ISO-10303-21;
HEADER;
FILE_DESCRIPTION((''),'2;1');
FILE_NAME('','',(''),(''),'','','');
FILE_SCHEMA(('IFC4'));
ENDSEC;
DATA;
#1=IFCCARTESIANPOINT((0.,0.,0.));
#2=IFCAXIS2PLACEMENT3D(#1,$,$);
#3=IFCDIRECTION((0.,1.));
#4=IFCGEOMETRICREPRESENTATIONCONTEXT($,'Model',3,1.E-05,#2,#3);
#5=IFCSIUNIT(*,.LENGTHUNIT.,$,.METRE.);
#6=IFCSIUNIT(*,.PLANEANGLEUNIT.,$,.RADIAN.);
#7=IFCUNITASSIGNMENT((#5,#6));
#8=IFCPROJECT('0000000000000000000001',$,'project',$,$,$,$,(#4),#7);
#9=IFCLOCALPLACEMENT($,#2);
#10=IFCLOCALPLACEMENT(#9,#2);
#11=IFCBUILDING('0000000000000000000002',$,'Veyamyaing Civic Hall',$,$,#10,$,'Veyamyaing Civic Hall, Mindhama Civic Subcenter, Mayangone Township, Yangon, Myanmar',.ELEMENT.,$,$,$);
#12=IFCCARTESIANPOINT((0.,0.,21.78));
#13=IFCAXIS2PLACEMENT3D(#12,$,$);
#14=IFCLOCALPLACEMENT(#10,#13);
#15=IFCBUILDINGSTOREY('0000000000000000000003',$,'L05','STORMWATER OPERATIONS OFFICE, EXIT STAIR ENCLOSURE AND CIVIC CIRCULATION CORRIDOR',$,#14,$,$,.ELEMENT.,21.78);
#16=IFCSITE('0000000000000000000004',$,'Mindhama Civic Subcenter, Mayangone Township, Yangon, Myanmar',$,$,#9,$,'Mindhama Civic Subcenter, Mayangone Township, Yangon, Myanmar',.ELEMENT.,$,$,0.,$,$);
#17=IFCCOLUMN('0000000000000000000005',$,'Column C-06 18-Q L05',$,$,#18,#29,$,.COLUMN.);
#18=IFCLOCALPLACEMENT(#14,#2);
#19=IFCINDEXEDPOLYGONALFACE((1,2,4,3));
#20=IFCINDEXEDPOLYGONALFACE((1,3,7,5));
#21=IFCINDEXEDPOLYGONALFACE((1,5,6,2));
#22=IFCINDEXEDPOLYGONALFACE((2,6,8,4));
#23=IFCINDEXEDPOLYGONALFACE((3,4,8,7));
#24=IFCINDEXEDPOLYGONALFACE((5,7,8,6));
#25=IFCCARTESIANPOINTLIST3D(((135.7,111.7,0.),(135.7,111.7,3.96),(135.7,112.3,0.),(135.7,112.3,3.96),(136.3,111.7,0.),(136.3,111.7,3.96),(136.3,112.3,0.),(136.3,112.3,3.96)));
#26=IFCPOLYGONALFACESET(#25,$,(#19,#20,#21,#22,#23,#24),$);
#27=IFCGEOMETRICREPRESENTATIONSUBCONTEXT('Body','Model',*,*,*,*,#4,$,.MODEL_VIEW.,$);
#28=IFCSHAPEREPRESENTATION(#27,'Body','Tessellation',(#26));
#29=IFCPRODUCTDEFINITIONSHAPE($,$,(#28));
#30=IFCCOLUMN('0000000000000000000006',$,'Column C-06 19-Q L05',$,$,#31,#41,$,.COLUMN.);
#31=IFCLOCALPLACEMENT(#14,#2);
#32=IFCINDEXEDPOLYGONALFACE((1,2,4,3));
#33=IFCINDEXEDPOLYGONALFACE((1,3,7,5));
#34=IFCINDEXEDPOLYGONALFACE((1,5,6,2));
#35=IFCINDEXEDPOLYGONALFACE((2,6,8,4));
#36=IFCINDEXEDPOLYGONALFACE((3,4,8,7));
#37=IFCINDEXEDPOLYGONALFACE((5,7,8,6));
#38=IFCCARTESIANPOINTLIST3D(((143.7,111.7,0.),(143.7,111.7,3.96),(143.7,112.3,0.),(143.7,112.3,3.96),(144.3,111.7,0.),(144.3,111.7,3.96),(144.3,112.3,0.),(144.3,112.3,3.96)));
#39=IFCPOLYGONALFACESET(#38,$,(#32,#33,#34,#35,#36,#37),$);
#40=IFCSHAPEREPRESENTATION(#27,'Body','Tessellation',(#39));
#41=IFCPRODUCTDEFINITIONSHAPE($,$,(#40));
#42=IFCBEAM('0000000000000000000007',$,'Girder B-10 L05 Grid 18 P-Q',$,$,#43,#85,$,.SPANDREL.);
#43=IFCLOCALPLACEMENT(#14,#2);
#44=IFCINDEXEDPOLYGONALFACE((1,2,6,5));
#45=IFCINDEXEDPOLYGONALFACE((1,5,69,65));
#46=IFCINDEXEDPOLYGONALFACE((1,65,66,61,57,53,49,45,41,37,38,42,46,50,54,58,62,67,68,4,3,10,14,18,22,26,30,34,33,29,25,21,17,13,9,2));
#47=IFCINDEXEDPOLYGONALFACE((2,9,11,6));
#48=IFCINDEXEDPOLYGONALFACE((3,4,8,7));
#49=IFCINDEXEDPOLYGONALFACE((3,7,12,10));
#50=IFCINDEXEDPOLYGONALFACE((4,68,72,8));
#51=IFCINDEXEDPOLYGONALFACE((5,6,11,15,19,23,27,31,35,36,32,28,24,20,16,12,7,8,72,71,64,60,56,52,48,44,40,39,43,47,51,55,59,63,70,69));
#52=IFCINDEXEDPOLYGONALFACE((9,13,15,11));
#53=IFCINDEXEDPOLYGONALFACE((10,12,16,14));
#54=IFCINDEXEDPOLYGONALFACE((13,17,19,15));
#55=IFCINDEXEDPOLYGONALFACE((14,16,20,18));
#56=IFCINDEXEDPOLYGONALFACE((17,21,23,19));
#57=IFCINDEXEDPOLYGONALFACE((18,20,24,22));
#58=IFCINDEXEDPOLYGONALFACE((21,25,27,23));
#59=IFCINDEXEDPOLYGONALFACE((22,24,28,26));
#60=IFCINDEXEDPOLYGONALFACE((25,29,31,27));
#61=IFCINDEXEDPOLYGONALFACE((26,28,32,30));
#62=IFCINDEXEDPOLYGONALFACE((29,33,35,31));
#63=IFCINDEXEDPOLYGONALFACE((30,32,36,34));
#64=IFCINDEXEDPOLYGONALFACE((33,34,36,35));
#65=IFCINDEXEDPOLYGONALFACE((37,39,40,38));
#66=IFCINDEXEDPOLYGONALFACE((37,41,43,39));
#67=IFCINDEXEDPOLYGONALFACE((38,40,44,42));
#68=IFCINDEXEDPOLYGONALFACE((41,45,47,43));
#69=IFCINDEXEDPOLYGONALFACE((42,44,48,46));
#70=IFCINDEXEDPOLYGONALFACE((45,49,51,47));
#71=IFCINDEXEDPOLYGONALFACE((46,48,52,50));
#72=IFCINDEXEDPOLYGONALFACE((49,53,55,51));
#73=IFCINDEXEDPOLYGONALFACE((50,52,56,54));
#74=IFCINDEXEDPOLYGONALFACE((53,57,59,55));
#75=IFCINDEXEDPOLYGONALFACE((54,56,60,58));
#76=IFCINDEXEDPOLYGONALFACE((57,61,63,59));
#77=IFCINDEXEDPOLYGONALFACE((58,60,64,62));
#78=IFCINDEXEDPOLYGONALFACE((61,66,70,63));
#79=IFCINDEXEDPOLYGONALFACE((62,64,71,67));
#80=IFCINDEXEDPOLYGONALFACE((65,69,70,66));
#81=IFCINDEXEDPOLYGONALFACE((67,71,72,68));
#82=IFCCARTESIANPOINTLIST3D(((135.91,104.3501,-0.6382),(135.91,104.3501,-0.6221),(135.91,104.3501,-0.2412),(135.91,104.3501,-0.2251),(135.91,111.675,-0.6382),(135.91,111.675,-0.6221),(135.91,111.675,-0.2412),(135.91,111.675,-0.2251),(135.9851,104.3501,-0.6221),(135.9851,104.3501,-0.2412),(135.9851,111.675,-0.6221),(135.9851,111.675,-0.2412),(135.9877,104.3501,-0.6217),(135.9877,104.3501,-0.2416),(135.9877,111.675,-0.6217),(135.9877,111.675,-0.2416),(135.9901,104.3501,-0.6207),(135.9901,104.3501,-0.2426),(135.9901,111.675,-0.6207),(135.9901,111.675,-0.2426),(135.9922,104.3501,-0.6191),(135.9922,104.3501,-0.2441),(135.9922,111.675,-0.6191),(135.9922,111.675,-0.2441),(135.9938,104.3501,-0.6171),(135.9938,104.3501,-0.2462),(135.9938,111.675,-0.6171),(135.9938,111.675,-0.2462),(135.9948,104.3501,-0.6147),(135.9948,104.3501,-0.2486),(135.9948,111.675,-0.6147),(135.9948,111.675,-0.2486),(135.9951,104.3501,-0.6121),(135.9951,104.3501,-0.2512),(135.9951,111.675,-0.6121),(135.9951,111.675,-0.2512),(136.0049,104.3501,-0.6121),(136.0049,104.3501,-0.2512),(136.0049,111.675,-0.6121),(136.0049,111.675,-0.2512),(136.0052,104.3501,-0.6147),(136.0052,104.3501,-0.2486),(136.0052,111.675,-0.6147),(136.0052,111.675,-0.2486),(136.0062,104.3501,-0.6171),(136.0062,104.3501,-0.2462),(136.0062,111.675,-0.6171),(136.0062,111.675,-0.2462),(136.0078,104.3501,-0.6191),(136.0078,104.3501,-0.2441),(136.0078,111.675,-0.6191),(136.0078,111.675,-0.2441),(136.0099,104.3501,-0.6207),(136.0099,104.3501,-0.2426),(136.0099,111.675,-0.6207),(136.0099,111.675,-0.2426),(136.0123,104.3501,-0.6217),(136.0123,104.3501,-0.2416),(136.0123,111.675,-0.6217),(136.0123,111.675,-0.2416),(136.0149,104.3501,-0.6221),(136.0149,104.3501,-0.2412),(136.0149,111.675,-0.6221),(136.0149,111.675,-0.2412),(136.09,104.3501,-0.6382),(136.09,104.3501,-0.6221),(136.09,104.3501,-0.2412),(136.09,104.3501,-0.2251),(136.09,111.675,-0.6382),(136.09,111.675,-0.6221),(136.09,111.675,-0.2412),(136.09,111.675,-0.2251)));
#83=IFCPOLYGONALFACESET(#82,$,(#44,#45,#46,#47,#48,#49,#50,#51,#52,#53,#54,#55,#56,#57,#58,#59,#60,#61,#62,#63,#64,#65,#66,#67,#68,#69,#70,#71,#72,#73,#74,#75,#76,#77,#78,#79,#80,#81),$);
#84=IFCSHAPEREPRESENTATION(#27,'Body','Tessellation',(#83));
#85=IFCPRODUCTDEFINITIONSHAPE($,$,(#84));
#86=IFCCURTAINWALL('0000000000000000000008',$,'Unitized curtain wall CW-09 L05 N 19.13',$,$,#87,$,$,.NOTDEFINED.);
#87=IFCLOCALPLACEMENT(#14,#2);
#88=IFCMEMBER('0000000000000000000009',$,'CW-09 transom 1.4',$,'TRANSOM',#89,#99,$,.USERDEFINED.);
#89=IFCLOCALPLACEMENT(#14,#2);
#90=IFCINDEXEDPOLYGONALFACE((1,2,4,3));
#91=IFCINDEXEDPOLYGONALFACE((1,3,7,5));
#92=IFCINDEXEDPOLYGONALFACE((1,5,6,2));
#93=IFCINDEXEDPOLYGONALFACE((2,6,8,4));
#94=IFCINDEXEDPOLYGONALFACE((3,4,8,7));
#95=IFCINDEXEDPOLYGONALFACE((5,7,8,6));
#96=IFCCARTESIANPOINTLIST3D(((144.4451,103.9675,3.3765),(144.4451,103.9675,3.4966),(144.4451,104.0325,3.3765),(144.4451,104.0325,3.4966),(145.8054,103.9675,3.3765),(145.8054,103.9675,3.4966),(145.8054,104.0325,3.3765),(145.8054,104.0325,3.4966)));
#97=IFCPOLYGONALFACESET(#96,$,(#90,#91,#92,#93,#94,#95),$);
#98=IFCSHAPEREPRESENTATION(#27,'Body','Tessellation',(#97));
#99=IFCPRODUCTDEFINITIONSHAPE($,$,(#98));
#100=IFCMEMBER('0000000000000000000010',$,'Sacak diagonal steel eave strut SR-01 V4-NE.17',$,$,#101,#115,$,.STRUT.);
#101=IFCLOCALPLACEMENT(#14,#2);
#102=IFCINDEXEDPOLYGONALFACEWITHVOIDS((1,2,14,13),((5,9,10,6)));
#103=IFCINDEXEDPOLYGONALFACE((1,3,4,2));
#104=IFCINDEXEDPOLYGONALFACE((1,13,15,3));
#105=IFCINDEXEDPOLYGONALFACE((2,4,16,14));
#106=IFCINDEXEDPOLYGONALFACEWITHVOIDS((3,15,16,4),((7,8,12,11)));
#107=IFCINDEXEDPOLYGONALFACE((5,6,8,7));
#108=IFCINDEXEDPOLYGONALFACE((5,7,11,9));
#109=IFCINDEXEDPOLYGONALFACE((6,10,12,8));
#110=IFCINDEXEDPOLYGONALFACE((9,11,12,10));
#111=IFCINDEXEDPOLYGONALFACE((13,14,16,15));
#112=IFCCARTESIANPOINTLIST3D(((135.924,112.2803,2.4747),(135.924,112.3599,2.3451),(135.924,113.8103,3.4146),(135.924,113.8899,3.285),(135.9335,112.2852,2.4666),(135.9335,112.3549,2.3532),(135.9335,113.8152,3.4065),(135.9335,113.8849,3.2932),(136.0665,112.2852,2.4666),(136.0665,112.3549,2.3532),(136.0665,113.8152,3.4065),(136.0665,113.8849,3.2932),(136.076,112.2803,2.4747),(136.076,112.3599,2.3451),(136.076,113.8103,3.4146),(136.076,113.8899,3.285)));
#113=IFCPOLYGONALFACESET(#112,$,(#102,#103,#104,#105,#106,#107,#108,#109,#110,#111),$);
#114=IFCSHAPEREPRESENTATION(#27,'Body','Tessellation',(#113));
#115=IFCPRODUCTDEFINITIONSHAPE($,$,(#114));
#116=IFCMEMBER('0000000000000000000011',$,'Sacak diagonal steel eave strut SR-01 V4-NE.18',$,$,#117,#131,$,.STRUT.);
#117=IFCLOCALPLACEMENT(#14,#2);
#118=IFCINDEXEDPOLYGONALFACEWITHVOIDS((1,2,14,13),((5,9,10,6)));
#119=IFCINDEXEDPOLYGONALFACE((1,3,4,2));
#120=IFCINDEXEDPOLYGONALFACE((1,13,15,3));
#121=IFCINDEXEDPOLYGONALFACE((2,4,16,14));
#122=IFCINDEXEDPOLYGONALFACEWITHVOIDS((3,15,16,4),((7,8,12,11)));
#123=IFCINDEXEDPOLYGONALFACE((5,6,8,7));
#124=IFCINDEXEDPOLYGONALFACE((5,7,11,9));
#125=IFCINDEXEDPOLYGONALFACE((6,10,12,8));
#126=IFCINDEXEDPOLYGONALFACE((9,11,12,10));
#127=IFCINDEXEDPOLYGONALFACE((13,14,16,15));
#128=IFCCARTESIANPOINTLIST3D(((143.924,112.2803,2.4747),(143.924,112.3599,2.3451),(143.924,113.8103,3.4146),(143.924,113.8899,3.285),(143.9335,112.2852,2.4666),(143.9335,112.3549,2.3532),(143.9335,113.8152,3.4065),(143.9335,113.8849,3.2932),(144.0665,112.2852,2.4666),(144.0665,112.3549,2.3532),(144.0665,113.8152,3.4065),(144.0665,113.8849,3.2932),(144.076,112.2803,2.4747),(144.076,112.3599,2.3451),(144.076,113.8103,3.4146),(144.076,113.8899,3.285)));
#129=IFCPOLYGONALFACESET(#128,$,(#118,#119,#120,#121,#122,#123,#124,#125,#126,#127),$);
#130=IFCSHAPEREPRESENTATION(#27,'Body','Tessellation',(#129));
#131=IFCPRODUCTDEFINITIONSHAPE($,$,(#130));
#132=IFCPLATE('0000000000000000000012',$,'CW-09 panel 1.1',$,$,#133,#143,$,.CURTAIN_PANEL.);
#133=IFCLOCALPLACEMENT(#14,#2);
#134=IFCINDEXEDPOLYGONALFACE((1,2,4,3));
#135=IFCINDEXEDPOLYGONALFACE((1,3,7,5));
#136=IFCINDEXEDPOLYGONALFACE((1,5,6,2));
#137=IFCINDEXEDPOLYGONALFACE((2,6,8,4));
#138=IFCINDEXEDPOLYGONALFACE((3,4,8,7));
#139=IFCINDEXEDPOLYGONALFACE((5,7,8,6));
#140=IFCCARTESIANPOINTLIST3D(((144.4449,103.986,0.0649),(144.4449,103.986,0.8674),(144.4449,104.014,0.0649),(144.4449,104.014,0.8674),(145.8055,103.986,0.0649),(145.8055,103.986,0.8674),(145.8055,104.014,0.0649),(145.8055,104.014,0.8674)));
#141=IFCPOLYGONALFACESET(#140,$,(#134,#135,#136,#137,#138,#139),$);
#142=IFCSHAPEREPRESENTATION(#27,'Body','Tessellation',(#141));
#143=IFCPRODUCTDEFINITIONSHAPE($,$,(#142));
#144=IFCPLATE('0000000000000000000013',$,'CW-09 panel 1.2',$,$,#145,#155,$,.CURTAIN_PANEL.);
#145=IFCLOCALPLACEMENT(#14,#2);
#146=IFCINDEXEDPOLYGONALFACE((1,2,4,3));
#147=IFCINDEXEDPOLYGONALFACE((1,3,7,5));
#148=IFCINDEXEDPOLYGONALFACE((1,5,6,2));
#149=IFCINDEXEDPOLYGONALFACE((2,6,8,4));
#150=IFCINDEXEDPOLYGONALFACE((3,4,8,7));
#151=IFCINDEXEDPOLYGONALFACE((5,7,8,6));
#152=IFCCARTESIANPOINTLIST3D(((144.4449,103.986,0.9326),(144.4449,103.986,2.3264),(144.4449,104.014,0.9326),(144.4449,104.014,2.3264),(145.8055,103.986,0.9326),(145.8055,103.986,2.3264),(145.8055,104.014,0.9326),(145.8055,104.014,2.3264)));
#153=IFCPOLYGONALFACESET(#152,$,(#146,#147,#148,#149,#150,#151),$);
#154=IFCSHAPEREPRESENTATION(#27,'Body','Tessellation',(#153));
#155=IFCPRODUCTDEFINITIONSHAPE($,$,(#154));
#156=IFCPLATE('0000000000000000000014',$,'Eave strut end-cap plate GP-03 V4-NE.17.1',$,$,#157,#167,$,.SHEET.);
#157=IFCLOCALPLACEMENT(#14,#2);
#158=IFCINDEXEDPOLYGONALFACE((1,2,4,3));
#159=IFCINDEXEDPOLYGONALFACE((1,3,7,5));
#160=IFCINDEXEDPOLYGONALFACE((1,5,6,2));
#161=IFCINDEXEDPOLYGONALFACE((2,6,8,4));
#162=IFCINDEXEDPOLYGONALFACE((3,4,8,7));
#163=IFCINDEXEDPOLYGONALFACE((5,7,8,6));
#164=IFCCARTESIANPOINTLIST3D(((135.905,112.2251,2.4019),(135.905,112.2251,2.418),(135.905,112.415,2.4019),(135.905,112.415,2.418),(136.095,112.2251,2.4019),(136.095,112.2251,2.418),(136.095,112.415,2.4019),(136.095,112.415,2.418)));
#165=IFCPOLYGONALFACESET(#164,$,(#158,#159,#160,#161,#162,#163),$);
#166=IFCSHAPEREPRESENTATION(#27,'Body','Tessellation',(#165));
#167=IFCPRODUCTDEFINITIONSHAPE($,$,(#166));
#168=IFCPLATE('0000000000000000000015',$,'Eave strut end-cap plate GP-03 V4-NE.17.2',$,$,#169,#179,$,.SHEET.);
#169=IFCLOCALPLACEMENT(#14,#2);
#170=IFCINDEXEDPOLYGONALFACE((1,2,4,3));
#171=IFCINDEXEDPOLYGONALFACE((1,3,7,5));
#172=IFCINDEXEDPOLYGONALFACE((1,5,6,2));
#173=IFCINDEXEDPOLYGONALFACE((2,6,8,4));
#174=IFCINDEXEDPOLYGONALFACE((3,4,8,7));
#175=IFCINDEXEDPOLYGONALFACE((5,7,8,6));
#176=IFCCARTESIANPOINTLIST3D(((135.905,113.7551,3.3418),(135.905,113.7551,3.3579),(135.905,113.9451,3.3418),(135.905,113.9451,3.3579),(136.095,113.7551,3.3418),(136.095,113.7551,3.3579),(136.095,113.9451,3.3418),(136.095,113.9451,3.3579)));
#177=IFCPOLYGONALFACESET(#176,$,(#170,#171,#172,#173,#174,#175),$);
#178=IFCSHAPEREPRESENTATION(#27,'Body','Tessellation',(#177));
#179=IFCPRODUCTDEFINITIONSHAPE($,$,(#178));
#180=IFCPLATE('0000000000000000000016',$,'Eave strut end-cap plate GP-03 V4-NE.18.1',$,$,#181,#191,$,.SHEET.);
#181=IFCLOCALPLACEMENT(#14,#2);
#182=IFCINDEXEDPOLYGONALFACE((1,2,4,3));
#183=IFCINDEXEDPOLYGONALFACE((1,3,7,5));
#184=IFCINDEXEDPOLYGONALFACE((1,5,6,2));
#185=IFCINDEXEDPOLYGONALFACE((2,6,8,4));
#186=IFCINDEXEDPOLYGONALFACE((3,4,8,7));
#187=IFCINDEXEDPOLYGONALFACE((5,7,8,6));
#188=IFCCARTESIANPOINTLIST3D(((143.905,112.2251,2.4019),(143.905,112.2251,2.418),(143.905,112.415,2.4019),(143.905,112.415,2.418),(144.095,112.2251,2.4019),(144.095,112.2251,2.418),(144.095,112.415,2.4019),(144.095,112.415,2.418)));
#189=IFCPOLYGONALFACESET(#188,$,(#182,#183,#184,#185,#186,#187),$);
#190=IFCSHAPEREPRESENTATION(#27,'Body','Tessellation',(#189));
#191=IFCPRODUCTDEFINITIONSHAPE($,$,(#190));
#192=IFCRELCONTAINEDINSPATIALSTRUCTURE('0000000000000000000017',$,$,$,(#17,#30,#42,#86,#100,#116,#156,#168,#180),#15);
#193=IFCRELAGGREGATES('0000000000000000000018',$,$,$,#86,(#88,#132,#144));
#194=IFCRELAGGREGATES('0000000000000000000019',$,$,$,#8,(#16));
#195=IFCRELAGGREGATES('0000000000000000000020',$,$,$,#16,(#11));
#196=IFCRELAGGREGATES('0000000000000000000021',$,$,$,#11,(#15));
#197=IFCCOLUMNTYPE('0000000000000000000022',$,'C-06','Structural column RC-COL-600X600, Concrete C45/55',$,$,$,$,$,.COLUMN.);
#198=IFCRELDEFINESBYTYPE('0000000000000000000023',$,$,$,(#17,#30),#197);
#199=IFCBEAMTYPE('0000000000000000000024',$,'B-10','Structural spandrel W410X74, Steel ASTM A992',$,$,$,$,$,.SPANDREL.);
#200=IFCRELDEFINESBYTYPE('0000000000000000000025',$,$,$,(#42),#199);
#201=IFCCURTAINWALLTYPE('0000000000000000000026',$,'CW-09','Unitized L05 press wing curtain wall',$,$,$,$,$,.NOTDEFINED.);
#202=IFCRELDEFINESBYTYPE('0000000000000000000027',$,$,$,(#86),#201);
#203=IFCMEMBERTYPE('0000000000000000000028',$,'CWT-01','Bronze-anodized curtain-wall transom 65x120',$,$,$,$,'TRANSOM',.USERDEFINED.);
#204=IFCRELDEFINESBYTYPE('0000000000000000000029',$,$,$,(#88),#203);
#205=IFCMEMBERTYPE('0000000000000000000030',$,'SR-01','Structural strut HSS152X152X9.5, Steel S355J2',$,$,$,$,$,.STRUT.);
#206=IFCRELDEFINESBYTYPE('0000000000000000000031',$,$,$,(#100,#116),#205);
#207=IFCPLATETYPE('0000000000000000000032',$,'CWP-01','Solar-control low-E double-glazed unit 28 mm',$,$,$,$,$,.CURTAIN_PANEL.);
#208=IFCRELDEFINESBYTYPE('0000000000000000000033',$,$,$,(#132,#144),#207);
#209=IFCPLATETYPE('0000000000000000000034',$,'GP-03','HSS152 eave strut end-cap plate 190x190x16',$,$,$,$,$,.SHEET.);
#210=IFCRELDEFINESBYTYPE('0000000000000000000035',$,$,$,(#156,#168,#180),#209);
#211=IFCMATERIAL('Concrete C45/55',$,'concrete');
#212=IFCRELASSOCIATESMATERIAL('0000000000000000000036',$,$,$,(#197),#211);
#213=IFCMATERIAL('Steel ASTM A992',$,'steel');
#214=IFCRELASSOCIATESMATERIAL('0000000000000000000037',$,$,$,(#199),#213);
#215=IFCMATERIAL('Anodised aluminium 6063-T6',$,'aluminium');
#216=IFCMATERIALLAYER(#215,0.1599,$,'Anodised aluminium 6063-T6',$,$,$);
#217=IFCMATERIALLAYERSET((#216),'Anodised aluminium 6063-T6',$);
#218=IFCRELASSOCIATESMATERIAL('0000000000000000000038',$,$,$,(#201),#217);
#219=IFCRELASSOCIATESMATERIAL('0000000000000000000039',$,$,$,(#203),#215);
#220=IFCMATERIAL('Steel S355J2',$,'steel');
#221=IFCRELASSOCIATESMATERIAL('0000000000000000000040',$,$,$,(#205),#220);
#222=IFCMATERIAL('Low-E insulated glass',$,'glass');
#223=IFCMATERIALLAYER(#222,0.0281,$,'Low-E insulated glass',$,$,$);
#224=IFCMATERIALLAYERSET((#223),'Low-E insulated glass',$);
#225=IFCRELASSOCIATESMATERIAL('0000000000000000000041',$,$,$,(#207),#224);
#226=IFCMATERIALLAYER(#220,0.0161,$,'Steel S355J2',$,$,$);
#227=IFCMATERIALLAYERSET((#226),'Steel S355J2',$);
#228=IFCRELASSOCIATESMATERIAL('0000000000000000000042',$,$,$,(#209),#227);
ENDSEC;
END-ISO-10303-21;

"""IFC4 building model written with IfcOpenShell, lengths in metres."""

from ifc_helpers import new_model, si_unit, direction, frame, origin, origin_2d, place, context, subcontext, project, spatial, rectangle, hollow_rectangle, i_section, extrude, material, layer, layer_set, material_profile, profile_set, type_object, element, aggregate, save


model = new_model("IFC4")

# Units and contexts
model_context = context("Model", 3, precision=1e-05, world=origin(), true_north=direction((0.0, 1.0)))
body_context = subcontext(model_context, "Body", "Model", "MODEL_VIEW")
ifc_project = project(units=[si_unit("LENGTHUNIT", "METRE"), si_unit("PLANEANGLEUNIT", "RADIAN")], contexts=[model_context])

# Site, building, storey
site_placement = place(None, origin())
site = spatial("IfcSite", under=ifc_project, at=site_placement, Name="Mindhama Civic Subcenter, Mayangone Township, Yangon, Myanmar", LongName="Mindhama Civic Subcenter, Mayangone Township, Yangon, Myanmar", CompositionType="ELEMENT", RefElevation=0.0)
building_placement = place(site_placement, origin())
building = spatial("IfcBuilding", under=site, at=building_placement, Name="Veyamyaing Civic Hall", LongName="Veyamyaing Civic Hall, Mindhama Civic Subcenter, Mayangone Township, Yangon, Myanmar", CompositionType="ELEMENT")
storey_placement = place(building_placement, frame((0.0, 0.0, 21.78)))
storey = spatial("IfcBuildingStorey", under=building, at=storey_placement, Name="L05", Description="STORMWATER OPERATIONS OFFICE, EXIT STAIR ENCLOSURE AND CIVIC CIRCULATION CORRIDOR", CompositionType="ELEMENT", Elevation=21.78)

# Columns
ifc_material_1 = material(Name="Concrete C45/55", Category="concrete")
ifc_material_profile_1 = material_profile(ifc_material_1, rectangle(XDim=0.6001, YDim=0.6001, at=origin_2d()), Name="RC-COL-600X600")
ifc_profile_set_1 = profile_set([ifc_material_profile_1], Name="Concrete C45/55")
column_type = type_object("IfcColumnType", Name="C-06", Description="Structural column RC-COL-600X600, Concrete C45/55", PredefinedType="COLUMN", material=ifc_profile_set_1)
for number, where, z_axis, x_axis, name in (
    (1, (136.0, 112.0, 0.0), (0.0, 0.0, 1.0), (1.0, 0.0, 0.0), "Column C-06 18-Q L05"),
    (2, (144.0, 112.0, 0.0), (0.0, 0.0, 1.0), (1.0, 0.0, 0.0), "Column C-06 19-Q L05"),
):
    element("IfcColumn", number, at=place(storey_placement, frame(where, z_axis=z_axis, x_axis=x_axis)), inside=storey, type_object=column_type, Name=name, PredefinedType="COLUMN", context=body_context, shape_type="SweptSolid", body=[
        extrude(rectangle(XDim=0.6001, YDim=0.6001, at=origin_2d()), origin(), (0.0, 0.0, 1.0), 3.96),
    ])

# Beam
ifc_material_2 = material(Name="Steel ASTM A992", Category="steel")
ifc_material_profile_2 = material_profile(ifc_material_2, i_section(OverallWidth=0.1799, OverallDepth=0.4131, WebThickness=0.0098, FlangeThickness=0.0161, FilletRadius=0.01, at=origin_2d()), Name="W410X74")
ifc_profile_set_2 = profile_set([ifc_material_profile_2], Name="Steel ASTM A992")
beam_type = type_object("IfcBeamType", Name="B-10", Description="Structural spandrel W410X74, Steel ASTM A992", PredefinedType="SPANDREL", material=ifc_profile_set_2)
beam_placement = place(storey_placement, frame((136.0, 104.3501, -0.4316), z_axis=(0.0, 1.0, 0.0), x_axis=(-1.0, 0.0, 0.0)))
element("IfcBeam", 3, at=beam_placement, inside=storey, type_object=beam_type, Name="Girder B-10 L05 Grid 18 P-Q", PredefinedType="SPANDREL", context=body_context, shape_type="SweptSolid", body=[
    extrude(i_section(OverallWidth=0.1799, OverallDepth=0.4131, WebThickness=0.0098, FlangeThickness=0.0161, FilletRadius=0.01, at=origin_2d()), origin(), (0.0, 0.0, 1.0), 7.325),
])

# Curtain wall, member
ifc_material_3 = material(Name="Anodised aluminium 6063-T6", Category="aluminium")
ifc_layer_1 = layer(ifc_material_3, 0.1599, Name="Anodised aluminium 6063-T6")
ifc_layer_set_1 = layer_set([ifc_layer_1], Name="Anodised aluminium 6063-T6")
curtain_wall_type = type_object("IfcCurtainWallType", Name="CW-09", Description="Unitized L05 press wing curtain wall", PredefinedType="NOTDEFINED", material=ifc_layer_set_1)
curtain_wall_placement = place(storey_placement, origin())
curtain_wall = element("IfcCurtainWall", 4, at=curtain_wall_placement, inside=storey, type_object=curtain_wall_type, Name="Unitized curtain wall CW-09 L05 N 19.13", PredefinedType="NOTDEFINED")
ifc_material_profile_3 = material_profile(ifc_material_3, rectangle(XDim=0.0649, YDim=0.1201, at=origin_2d()), Name="ALU-TRN-65X120")
ifc_profile_set_3 = profile_set([ifc_material_profile_3], Name="Anodised aluminium 6063-T6")
member_type_1 = type_object("IfcMemberType", Name="CWT-01", Description="Bronze-anodized curtain-wall transom 65x120", ElementType="TRANSOM", PredefinedType="USERDEFINED", material=ifc_profile_set_3)
member_placement = place(storey_placement, frame((144.4451, 104.0, 3.4365), z_axis=(1.0, 0.0, 0.0), x_axis=(0.0, 1.0, 0.0)))
member = element("IfcMember", 5, at=member_placement, type_object=member_type_1, Name="CW-09 transom 1.4", ObjectType="TRANSOM", PredefinedType="USERDEFINED", context=body_context, shape_type="SweptSolid", body=[
    extrude(rectangle(XDim=0.0649, YDim=0.1201, at=origin_2d()), origin(), (0.0, 0.0, 1.0), 1.3604),
])

# Members
ifc_material_4 = material(Name="Steel S355J2", Category="steel")
ifc_material_profile_4 = material_profile(ifc_material_4, hollow_rectangle(XDim=0.1521, YDim=0.1521, WallThickness=0.0095, at=origin_2d()), Name="HSS152X152X9.5")
ifc_profile_set_4 = profile_set([ifc_material_profile_4], Name="Steel S355J2")
member_type_2 = type_object("IfcMemberType", Name="SR-01", Description="Structural strut HSS152X152X9.5, Steel S355J2", PredefinedType="STRUT", material=ifc_profile_set_4)
for number, where, z_axis, x_axis, name in (
    (6, (136.0, 112.3201, 2.4099), (0.0, 0.85206, 0.523445), (-1.0, 0.0, 0.0), "Sacak diagonal steel eave strut SR-01 V4-NE.17"),
    (7, (144.0, 112.3201, 2.4099), (0.0, 0.85206, 0.523445), (-1.0, 0.0, 0.0), "Sacak diagonal steel eave strut SR-01 V4-NE.18"),
):
    element("IfcMember", number, at=place(storey_placement, frame(where, z_axis=z_axis, x_axis=x_axis)), inside=storey, type_object=member_type_2, Name=name, PredefinedType="STRUT", context=body_context, shape_type="SweptSolid", body=[
        extrude(hollow_rectangle(XDim=0.1521, YDim=0.1521, WallThickness=0.0095, at=origin_2d()), origin(), (0.0, 0.0, 1.0), 1.7957),
    ])

# Plates
ifc_material_5 = material(Name="Low-E insulated glass", Category="glass")
ifc_layer_2 = layer(ifc_material_5, 0.0281, Name="Low-E insulated glass")
ifc_layer_set_2 = layer_set([ifc_layer_2], Name="Low-E insulated glass")
plate_type_1 = type_object("IfcPlateType", Name="CWP-01", Description="Solar-control low-E double-glazed unit 28 mm", PredefinedType="CURTAIN_PANEL", material=ifc_layer_set_2)
plate_1_placement = place(storey_placement, frame((145.1252, 104.0, 0.0649), z_axis=(0.0, 0.0, 1.0), x_axis=(1.0, 0.0, 0.0)))
plate_1 = element("IfcPlate", 8, at=plate_1_placement, type_object=plate_type_1, Name="CW-09 panel 1.1", PredefinedType="CURTAIN_PANEL", context=body_context, shape_type="SweptSolid", body=[
    extrude(rectangle(XDim=1.3606, YDim=0.0281, at=origin_2d()), origin(), (0.0, 0.0, 1.0), 0.8025),
])
plate_2_placement = place(storey_placement, frame((145.1252, 104.0, 0.9326), z_axis=(0.0, 0.0, 1.0), x_axis=(1.0, 0.0, 0.0)))
plate_2 = element("IfcPlate", 9, at=plate_2_placement, type_object=plate_type_1, Name="CW-09 panel 1.2", PredefinedType="CURTAIN_PANEL", context=body_context, shape_type="SweptSolid", body=[
    extrude(rectangle(XDim=1.3606, YDim=0.0281, at=origin_2d()), origin(), (0.0, 0.0, 1.0), 1.3938),
])
aggregate(curtain_wall, [member, plate_1, plate_2])

# Plates
ifc_layer_3 = layer(ifc_material_4, 0.0161, Name="Steel S355J2")
ifc_layer_set_3 = layer_set([ifc_layer_3], Name="Steel S355J2")
plate_type_2 = type_object("IfcPlateType", Name="GP-03", Description="HSS152 eave strut end-cap plate 190x190x16", PredefinedType="SHEET", material=ifc_layer_set_3)
for number, where, z_axis, x_axis, name in (
    (10, (136.0, 112.3201, 2.4019), (0.0, 0.0, 1.0), (0.0, 1.0, 0.0), "Eave strut end-cap plate GP-03 V4-NE.17.1"),
    (11, (136.0, 113.8501, 3.3418), (0.0, 0.0, 1.0), (0.0, 1.0, 0.0), "Eave strut end-cap plate GP-03 V4-NE.17.2"),
    (12, (144.0, 112.3201, 2.4019), (0.0, 0.0, 1.0), (0.0, 1.0, 0.0), "Eave strut end-cap plate GP-03 V4-NE.18.1"),
):
    element("IfcPlate", number, at=place(storey_placement, frame(where, z_axis=z_axis, x_axis=x_axis)), inside=storey, type_object=plate_type_2, Name=name, PredefinedType="SHEET", context=body_context, shape_type="SweptSolid", body=[
        extrude(rectangle(XDim=0.1899, YDim=0.1899, at=origin_2d()), origin(), (0.0, 0.0, 1.0), 0.0161),
    ])

save(model, "model.ifc")
